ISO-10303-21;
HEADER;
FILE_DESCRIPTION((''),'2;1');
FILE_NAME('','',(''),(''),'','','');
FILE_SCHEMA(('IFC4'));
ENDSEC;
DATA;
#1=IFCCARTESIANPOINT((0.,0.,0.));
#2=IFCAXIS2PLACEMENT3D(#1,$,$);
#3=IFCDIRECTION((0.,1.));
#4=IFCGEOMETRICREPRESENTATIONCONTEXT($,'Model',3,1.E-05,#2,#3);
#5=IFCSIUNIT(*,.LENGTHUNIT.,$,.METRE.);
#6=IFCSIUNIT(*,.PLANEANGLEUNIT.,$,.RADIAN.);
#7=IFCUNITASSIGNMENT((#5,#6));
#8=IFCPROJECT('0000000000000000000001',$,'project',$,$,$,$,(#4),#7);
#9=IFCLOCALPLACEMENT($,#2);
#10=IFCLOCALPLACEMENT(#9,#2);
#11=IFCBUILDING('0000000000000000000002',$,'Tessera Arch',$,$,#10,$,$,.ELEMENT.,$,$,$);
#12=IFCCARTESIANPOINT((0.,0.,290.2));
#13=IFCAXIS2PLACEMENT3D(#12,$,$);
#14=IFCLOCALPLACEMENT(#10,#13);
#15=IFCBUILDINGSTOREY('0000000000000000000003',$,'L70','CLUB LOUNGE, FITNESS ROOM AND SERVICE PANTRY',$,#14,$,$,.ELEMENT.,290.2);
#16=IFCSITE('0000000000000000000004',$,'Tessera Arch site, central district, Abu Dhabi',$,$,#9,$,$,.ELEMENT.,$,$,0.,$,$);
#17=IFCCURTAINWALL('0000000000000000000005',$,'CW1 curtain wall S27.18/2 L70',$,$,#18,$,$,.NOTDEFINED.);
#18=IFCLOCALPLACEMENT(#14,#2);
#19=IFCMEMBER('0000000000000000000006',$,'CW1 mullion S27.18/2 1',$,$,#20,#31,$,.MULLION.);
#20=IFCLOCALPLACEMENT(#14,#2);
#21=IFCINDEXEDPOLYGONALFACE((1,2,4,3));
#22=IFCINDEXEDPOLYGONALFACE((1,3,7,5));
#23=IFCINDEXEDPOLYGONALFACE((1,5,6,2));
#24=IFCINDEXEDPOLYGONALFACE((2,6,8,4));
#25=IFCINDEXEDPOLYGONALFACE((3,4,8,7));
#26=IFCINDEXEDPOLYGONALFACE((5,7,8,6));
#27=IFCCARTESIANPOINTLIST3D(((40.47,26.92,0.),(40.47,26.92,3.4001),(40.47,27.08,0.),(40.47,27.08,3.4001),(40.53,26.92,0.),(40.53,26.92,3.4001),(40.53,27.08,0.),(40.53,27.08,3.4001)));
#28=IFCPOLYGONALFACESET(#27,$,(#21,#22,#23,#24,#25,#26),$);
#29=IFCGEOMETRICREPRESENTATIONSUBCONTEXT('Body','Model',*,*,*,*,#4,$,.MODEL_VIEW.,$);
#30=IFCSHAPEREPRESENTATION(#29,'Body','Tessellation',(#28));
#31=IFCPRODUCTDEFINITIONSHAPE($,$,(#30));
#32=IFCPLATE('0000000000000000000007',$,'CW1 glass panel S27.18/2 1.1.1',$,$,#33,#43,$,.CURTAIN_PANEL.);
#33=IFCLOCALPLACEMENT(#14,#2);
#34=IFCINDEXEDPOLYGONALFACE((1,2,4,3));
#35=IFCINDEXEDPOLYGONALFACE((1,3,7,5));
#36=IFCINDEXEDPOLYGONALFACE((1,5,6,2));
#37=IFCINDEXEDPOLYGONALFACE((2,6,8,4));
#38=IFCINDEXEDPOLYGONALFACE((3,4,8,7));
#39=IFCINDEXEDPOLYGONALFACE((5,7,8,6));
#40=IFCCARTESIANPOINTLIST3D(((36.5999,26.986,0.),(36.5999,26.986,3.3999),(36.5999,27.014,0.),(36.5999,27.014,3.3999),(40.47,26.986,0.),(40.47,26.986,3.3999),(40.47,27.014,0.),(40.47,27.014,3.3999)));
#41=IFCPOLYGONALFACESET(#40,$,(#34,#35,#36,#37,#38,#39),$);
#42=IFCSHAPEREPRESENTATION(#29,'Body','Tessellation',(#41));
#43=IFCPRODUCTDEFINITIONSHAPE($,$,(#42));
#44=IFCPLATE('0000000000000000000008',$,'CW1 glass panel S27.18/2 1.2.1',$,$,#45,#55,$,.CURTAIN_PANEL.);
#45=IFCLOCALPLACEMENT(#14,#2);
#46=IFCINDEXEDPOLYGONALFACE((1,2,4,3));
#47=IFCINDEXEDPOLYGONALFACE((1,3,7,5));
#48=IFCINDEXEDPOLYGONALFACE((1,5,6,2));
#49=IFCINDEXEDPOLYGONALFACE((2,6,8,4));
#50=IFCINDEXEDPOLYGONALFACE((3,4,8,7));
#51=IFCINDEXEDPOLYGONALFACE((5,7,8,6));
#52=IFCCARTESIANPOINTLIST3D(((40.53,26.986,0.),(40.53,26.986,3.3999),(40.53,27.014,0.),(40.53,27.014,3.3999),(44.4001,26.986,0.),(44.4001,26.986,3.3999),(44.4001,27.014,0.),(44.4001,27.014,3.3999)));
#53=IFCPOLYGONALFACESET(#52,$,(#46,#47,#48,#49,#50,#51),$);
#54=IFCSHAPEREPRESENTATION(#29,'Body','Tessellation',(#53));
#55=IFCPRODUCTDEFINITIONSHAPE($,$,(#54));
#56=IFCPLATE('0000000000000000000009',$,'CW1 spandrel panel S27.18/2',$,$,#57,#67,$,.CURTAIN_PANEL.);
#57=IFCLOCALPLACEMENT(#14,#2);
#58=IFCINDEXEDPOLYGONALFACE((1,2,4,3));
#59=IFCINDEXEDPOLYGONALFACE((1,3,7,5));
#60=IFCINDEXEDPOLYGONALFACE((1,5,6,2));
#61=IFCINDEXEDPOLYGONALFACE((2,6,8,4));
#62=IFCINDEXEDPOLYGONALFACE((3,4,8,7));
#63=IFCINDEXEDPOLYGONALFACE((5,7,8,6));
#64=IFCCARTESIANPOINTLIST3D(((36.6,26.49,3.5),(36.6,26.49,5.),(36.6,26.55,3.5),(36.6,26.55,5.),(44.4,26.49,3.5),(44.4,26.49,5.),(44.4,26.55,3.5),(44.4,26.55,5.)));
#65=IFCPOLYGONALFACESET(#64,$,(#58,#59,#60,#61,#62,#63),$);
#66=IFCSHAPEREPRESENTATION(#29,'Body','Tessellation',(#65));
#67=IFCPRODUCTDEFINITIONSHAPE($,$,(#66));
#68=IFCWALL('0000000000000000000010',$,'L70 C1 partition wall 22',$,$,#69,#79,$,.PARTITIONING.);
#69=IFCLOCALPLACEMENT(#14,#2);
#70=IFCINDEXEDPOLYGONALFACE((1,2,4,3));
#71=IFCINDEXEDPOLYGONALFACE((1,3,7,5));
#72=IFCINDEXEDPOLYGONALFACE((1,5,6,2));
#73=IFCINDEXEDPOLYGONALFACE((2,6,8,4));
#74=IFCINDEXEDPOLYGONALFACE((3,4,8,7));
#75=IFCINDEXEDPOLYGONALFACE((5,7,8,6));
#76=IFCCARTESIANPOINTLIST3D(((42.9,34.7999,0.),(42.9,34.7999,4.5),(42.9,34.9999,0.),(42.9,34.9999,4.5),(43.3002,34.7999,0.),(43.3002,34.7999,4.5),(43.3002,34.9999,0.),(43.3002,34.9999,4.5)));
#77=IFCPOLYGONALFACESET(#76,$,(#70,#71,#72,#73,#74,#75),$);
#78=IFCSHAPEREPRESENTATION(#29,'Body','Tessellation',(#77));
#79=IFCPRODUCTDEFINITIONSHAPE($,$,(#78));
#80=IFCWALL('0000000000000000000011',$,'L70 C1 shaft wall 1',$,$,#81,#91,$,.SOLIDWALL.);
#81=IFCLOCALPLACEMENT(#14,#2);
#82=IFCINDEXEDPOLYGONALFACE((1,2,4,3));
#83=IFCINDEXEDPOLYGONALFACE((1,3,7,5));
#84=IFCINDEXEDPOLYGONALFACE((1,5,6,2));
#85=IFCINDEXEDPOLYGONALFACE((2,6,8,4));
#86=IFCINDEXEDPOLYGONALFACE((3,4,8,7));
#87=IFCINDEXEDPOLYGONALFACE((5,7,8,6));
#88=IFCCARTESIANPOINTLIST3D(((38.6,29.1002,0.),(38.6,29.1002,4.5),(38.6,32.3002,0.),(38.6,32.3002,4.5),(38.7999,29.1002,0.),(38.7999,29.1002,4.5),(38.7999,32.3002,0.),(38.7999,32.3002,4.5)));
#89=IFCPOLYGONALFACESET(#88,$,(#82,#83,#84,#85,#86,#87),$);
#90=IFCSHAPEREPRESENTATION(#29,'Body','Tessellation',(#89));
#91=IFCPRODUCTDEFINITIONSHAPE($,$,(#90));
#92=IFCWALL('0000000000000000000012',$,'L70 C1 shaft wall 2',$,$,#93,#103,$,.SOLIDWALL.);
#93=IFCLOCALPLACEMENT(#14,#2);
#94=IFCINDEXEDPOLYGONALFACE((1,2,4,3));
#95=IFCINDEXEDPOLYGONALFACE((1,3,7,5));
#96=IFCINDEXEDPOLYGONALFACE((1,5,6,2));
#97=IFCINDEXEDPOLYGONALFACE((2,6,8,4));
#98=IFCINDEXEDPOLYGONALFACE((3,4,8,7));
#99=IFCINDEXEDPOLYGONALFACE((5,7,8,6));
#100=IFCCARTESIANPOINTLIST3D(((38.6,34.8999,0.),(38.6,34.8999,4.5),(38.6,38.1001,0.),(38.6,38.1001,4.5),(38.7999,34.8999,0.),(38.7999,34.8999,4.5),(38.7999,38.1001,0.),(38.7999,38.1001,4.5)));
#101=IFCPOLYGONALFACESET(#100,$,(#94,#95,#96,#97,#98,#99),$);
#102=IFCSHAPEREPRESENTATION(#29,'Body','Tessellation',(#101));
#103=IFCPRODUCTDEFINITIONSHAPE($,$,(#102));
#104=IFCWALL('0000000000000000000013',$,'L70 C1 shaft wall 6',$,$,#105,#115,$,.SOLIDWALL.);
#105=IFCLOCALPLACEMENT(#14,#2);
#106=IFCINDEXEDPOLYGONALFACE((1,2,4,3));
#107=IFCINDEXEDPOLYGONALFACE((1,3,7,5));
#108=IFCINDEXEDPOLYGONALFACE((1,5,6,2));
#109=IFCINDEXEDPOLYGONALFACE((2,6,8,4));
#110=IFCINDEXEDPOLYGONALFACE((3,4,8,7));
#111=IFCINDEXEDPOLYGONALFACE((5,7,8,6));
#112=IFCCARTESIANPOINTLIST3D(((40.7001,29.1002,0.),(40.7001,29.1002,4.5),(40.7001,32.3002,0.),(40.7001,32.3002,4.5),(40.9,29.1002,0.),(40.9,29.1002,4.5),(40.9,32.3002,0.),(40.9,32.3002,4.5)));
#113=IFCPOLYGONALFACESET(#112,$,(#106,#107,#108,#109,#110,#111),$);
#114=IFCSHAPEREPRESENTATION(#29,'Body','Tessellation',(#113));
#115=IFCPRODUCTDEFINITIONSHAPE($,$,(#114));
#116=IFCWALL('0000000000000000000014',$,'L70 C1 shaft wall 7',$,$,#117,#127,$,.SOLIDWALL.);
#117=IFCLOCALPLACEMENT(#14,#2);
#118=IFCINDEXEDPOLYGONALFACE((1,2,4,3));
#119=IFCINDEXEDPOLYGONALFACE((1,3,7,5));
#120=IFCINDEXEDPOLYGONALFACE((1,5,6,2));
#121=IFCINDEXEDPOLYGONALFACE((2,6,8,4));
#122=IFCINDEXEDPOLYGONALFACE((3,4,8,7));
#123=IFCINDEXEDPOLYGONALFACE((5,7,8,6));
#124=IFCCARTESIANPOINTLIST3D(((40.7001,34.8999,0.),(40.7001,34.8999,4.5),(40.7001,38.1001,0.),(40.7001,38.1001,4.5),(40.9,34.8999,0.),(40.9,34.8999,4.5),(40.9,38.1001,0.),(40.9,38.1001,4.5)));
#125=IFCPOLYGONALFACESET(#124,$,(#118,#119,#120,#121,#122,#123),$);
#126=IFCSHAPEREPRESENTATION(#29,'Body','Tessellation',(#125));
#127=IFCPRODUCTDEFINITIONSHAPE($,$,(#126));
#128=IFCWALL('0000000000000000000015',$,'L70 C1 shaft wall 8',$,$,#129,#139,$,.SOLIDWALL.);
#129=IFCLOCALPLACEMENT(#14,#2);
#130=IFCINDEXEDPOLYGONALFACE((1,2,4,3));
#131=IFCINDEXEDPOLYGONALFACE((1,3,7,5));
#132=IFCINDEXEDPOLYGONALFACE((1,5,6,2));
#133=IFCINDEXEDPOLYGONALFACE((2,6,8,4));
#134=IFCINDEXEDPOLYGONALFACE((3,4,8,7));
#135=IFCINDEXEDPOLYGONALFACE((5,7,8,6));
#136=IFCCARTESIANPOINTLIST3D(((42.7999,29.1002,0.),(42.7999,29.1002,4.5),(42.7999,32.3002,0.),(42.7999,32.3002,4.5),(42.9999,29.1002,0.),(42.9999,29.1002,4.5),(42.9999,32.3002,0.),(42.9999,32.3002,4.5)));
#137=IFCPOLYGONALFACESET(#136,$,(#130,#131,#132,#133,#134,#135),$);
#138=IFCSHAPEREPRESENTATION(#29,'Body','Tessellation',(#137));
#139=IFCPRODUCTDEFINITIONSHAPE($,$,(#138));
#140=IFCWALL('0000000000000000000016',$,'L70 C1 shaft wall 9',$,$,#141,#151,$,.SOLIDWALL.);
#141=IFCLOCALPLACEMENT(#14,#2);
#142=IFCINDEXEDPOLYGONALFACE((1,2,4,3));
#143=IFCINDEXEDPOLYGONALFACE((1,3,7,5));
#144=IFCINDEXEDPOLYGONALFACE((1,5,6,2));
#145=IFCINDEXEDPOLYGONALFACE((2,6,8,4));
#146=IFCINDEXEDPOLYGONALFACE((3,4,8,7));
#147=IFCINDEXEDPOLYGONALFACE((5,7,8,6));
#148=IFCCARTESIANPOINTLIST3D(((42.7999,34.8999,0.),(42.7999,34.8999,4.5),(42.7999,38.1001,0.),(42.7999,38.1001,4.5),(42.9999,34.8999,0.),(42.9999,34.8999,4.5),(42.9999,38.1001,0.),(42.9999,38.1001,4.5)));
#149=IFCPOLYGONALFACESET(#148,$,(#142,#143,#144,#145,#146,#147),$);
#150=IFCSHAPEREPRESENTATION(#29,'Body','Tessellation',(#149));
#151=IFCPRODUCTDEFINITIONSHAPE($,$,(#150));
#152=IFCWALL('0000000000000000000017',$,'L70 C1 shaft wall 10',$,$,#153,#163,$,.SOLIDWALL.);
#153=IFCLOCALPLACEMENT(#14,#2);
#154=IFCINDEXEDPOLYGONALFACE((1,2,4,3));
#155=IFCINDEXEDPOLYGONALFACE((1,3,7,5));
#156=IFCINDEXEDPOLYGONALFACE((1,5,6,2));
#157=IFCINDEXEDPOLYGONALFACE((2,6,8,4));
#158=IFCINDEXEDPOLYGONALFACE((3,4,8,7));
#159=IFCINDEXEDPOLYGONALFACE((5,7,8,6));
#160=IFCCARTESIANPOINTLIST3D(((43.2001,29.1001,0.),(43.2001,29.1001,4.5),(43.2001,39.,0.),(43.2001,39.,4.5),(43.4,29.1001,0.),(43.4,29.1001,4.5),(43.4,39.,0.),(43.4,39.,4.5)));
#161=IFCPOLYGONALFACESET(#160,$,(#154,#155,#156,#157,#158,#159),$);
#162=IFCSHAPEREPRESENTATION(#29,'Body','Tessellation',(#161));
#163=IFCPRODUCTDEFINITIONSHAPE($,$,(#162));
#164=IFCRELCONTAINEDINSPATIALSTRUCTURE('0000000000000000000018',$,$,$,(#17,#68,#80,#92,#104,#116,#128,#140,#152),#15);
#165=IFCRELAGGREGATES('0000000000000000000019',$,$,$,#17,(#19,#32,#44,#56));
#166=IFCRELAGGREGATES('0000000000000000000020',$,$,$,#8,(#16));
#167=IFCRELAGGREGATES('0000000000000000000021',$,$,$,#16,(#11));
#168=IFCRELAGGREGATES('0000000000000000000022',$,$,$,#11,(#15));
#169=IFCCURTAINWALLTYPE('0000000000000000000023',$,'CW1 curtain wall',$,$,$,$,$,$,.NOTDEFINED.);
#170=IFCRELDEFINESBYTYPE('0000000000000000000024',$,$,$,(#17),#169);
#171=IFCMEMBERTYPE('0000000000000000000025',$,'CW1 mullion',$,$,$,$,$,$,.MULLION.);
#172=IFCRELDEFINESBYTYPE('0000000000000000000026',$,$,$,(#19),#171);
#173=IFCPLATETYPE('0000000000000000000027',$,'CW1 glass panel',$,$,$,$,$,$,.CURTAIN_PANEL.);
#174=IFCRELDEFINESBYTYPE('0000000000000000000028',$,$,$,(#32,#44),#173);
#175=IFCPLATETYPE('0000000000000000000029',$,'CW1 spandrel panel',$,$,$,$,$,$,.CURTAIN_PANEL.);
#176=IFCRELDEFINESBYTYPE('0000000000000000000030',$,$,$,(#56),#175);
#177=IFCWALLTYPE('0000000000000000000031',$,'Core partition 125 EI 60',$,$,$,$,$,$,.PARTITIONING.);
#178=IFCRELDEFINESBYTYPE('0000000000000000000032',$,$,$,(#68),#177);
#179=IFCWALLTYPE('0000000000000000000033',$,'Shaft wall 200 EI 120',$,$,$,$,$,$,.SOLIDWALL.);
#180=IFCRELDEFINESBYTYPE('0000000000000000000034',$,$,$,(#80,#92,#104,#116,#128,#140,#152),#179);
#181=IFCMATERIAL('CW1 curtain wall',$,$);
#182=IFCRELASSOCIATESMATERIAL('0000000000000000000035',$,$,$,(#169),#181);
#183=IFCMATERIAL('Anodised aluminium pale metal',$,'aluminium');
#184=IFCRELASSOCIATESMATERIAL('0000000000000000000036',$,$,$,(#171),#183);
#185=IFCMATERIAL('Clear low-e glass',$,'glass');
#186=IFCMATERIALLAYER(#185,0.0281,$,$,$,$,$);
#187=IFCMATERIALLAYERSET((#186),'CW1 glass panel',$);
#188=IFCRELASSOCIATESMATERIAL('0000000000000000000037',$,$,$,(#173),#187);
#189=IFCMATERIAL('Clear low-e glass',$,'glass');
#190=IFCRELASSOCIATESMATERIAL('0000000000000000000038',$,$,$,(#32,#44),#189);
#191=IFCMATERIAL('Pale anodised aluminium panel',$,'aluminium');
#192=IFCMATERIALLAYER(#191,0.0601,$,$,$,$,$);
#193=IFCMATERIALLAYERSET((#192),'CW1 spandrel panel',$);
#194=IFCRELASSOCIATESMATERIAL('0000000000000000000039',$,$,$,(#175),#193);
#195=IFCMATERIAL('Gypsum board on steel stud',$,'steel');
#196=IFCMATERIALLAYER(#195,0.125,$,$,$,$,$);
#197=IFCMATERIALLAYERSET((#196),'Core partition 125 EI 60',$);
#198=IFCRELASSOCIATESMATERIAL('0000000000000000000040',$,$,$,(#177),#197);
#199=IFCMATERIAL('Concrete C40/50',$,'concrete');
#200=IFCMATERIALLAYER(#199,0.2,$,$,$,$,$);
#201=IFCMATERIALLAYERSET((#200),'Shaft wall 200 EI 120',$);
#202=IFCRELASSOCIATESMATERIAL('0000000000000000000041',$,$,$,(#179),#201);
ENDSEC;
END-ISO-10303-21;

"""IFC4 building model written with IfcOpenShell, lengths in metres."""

from ifc_helpers import new_model, si_unit, direction, frame, frame_2d, origin, origin_2d, place, context, subcontext, project, spatial, rectangle, extrude, material, layer, layer_set, material_profile, profile_set, type_object, element, aggregate, save


model = new_model("IFC4")

# Units and contexts
model_context = context("Model", 3, precision=1e-05, world=origin(), true_north=direction((0.0, 1.0)))
body_context = subcontext(model_context, "Body", "Model", "MODEL_VIEW")
ifc_project = project(units=[si_unit("LENGTHUNIT", "METRE"), si_unit("PLANEANGLEUNIT", "RADIAN")], contexts=[model_context])

# Site, building, storey
site_placement = place(None, origin())
site = spatial("IfcSite", under=ifc_project, at=site_placement, Name="Tessera Arch site, central district, Abu Dhabi", CompositionType="ELEMENT", RefElevation=0.0)
building_placement = place(site_placement, origin())
building = spatial("IfcBuilding", under=site, at=building_placement, Name="Tessera Arch", CompositionType="ELEMENT")
storey_placement = place(building_placement, frame((0.0, 0.0, 290.2)))
storey = spatial("IfcBuildingStorey", under=building, at=storey_placement, Name="L70", Description="CLUB LOUNGE, FITNESS ROOM AND SERVICE PANTRY", CompositionType="ELEMENT", Elevation=290.2)

# Curtain wall, member, plates
ifc_material_1 = material(Name="CW1 curtain wall")
curtain_wall_type = type_object("IfcCurtainWallType", Name="CW1 curtain wall", PredefinedType="NOTDEFINED", material=ifc_material_1)
curtain_wall_placement = place(storey_placement, origin())
curtain_wall = element("IfcCurtainWall", 1, at=curtain_wall_placement, inside=storey, type_object=curtain_wall_type, Name="CW1 curtain wall S27.18/2 L70", PredefinedType="NOTDEFINED")
ifc_material_2 = material(Name="Anodised aluminium pale metal", Category="aluminium")
ifc_material_profile = material_profile(ifc_material_2, rectangle(XDim=0.1599, YDim=0.0601, at=origin_2d()), Name="AL 60x160")
ifc_profile_set = profile_set([ifc_material_profile], Name="Anodised aluminium pale metal")
member_type = type_object("IfcMemberType", Name="CW1 mullion", PredefinedType="MULLION", material=ifc_profile_set)
member_placement = place(storey_placement, frame((40.5, 27.0, 0.0), z_axis=(0.0, 0.0, 1.0), x_axis=(0.0, 1.0, 0.0)))
member = element("IfcMember", 2, at=member_placement, type_object=member_type, Name="CW1 mullion S27.18/2 1", PredefinedType="MULLION", context=body_context, shape_type="SweptSolid", body=[
    extrude(rectangle(XDim=0.1599, YDim=0.0601, at=origin_2d()), origin(), (0.0, 0.0, 1.0), 3.4001),
])
ifc_material_3 = material(Name="Clear low-e glass", Category="glass")
ifc_material_4 = material(Name="Clear low-e glass", Category="glass")
ifc_layer_1 = layer(ifc_material_4, 0.0281)
ifc_layer_set_1 = layer_set([ifc_layer_1], Name="CW1 glass panel")
plate_type_1 = type_object("IfcPlateType", Name="CW1 glass panel", PredefinedType="CURTAIN_PANEL", material=ifc_layer_set_1)
plate_1_placement = place(storey_placement, frame((38.5349, 27.0, 0.0), z_axis=(0.0, 0.0, 1.0), x_axis=(1.0, 0.0, 0.0)))
plate_1 = element("IfcPlate", 3, at=plate_1_placement, type_object=plate_type_1, material=ifc_material_3, Name="CW1 glass panel S27.18/2 1.1.1", PredefinedType="CURTAIN_PANEL", context=body_context, shape_type="SweptSolid", body=[
    extrude(rectangle(XDim=3.8701, YDim=0.0281, at=origin_2d()), origin(), (0.0, 0.0, 1.0), 3.3999),
])
plate_2_placement = place(storey_placement, frame((42.4651, 27.0, 0.0), z_axis=(0.0, 0.0, 1.0), x_axis=(1.0, 0.0, 0.0)))
plate_2 = element("IfcPlate", 4, at=plate_2_placement, type_object=plate_type_1, material=ifc_material_3, Name="CW1 glass panel S27.18/2 1.2.1", PredefinedType="CURTAIN_PANEL", context=body_context, shape_type="SweptSolid", body=[
    extrude(rectangle(XDim=3.8701, YDim=0.0281, at=origin_2d()), origin(), (0.0, 0.0, 1.0), 3.3999),
])
ifc_material_5 = material(Name="Pale anodised aluminium panel", Category="aluminium")
ifc_layer_2 = layer(ifc_material_5, 0.0601)
ifc_layer_set_2 = layer_set([ifc_layer_2], Name="CW1 spandrel panel")
plate_type_2 = type_object("IfcPlateType", Name="CW1 spandrel panel", PredefinedType="CURTAIN_PANEL", material=ifc_layer_set_2)
plate_3_placement = place(storey_placement, frame((40.5, 26.52, 3.5), z_axis=(0.0, 0.0, 1.0), x_axis=(1.0, 0.0, 0.0)))
plate_3 = element("IfcPlate", 5, at=plate_3_placement, type_object=plate_type_2, Name="CW1 spandrel panel S27.18/2", PredefinedType="CURTAIN_PANEL", context=body_context, shape_type="SweptSolid", body=[
    extrude(rectangle(XDim=7.8, YDim=0.0601, at=origin_2d()), origin(), (0.0, 0.0, 1.0), 1.5),
])
aggregate(curtain_wall, [member, plate_1, plate_2, plate_3])

# Walls
ifc_material_6 = material(Name="Gypsum board on steel stud", Category="steel")
ifc_layer_3 = layer(ifc_material_6, 0.125)
ifc_layer_set_3 = layer_set([ifc_layer_3], Name="Core partition 125 EI 60")
wall_type_1 = type_object("IfcWallType", Name="Core partition 125 EI 60", PredefinedType="PARTITIONING", material=ifc_layer_set_3)
wall_1_placement = place(storey_placement, frame((42.8999, 34.8999, 0.0), z_axis=(0.0, 0.0, 1.0), x_axis=(1.0, 0.0, 0.0)))
element("IfcWall", 6, at=wall_1_placement, inside=storey, type_object=wall_type_1, Name="L70 C1 partition wall 22", PredefinedType="PARTITIONING", context=body_context, shape_type="SweptSolid", body=[
    extrude(rectangle(XDim=0.4001, YDim=0.2, at=frame_2d((0.2002, 0.0))), origin(), (0.0, 0.0, 1.0), 4.5),
])
ifc_material_7 = material(Name="Concrete C40/50", Category="concrete")
ifc_layer_4 = layer(ifc_material_7, 0.2)
ifc_layer_set_4 = layer_set([ifc_layer_4], Name="Shaft wall 200 EI 120")
wall_type_2 = type_object("IfcWallType", Name="Shaft wall 200 EI 120", PredefinedType="SOLIDWALL", material=ifc_layer_set_4)
wall_2_placement = place(storey_placement, frame((38.7, 29.1001, 0.0), z_axis=(0.0, 0.0, 1.0), x_axis=(0.0, 1.0, 0.0)))
element("IfcWall", 7, at=wall_2_placement, inside=storey, type_object=wall_type_2, Name="L70 C1 shaft wall 1", PredefinedType="SOLIDWALL", context=body_context, shape_type="SweptSolid", body=[
    extrude(rectangle(XDim=3.2, YDim=0.2, at=frame_2d((1.6001, 0.0))), origin(), (0.0, 0.0, 1.0), 4.5),
])
wall_3_placement = place(storey_placement, frame((38.7, 34.8999, 0.0), z_axis=(0.0, 0.0, 1.0), x_axis=(0.0, 1.0, 0.0)))
element("IfcWall", 8, at=wall_3_placement, inside=storey, type_object=wall_type_2, Name="L70 C1 shaft wall 2", PredefinedType="SOLIDWALL", context=body_context, shape_type="SweptSolid", body=[
    extrude(rectangle(XDim=3.2002, YDim=0.2, at=frame_2d((1.6001, 0.0))), origin(), (0.0, 0.0, 1.0), 4.5),
])
wall_4_placement = place(storey_placement, frame((40.8, 29.1001, 0.0), z_axis=(0.0, 0.0, 1.0), x_axis=(0.0, 1.0, 0.0)))
element("IfcWall", 9, at=wall_4_placement, inside=storey, type_object=wall_type_2, Name="L70 C1 shaft wall 6", PredefinedType="SOLIDWALL", context=body_context, shape_type="SweptSolid", body=[
    extrude(rectangle(XDim=3.2, YDim=0.2, at=frame_2d((1.6001, 0.0))), origin(), (0.0, 0.0, 1.0), 4.5),
])
wall_5_placement = place(storey_placement, frame((40.8, 34.8999, 0.0), z_axis=(0.0, 0.0, 1.0), x_axis=(0.0, 1.0, 0.0)))
element("IfcWall", 10, at=wall_5_placement, inside=storey, type_object=wall_type_2, Name="L70 C1 shaft wall 7", PredefinedType="SOLIDWALL", context=body_context, shape_type="SweptSolid", body=[
    extrude(rectangle(XDim=3.2002, YDim=0.2, at=frame_2d((1.6001, 0.0))), origin(), (0.0, 0.0, 1.0), 4.5),
])
wall_6_placement = place(storey_placement, frame((42.8999, 29.1001, 0.0), z_axis=(0.0, 0.0, 1.0), x_axis=(0.0, 1.0, 0.0)))
element("IfcWall", 11, at=wall_6_placement, inside=storey, type_object=wall_type_2, Name="L70 C1 shaft wall 8", PredefinedType="SOLIDWALL", context=body_context, shape_type="SweptSolid", body=[
    extrude(rectangle(XDim=3.2, YDim=0.2, at=frame_2d((1.6001, 0.0))), origin(), (0.0, 0.0, 1.0), 4.5),
])
wall_7_placement = place(storey_placement, frame((42.8999, 34.8999, 0.0), z_axis=(0.0, 0.0, 1.0), x_axis=(0.0, 1.0, 0.0)))
element("IfcWall", 12, at=wall_7_placement, inside=storey, type_object=wall_type_2, Name="L70 C1 shaft wall 9", PredefinedType="SOLIDWALL", context=body_context, shape_type="SweptSolid", body=[
    extrude(rectangle(XDim=3.2002, YDim=0.2, at=frame_2d((1.6001, 0.0))), origin(), (0.0, 0.0, 1.0), 4.5),
])
wall_8_placement = place(storey_placement, frame((43.3, 29.1001, 0.0), z_axis=(0.0, 0.0, 1.0), x_axis=(0.0, 1.0, 0.0)))
element("IfcWall", 13, at=wall_8_placement, inside=storey, type_object=wall_type_2, Name="L70 C1 shaft wall 10", PredefinedType="SOLIDWALL", context=body_context, shape_type="SweptSolid", body=[
    extrude(rectangle(XDim=9.8999, YDim=0.2, at=frame_2d((4.95, 0.0))), origin(), (0.0, 0.0, 1.0), 4.5),
])

save(model, "model.ifc")
